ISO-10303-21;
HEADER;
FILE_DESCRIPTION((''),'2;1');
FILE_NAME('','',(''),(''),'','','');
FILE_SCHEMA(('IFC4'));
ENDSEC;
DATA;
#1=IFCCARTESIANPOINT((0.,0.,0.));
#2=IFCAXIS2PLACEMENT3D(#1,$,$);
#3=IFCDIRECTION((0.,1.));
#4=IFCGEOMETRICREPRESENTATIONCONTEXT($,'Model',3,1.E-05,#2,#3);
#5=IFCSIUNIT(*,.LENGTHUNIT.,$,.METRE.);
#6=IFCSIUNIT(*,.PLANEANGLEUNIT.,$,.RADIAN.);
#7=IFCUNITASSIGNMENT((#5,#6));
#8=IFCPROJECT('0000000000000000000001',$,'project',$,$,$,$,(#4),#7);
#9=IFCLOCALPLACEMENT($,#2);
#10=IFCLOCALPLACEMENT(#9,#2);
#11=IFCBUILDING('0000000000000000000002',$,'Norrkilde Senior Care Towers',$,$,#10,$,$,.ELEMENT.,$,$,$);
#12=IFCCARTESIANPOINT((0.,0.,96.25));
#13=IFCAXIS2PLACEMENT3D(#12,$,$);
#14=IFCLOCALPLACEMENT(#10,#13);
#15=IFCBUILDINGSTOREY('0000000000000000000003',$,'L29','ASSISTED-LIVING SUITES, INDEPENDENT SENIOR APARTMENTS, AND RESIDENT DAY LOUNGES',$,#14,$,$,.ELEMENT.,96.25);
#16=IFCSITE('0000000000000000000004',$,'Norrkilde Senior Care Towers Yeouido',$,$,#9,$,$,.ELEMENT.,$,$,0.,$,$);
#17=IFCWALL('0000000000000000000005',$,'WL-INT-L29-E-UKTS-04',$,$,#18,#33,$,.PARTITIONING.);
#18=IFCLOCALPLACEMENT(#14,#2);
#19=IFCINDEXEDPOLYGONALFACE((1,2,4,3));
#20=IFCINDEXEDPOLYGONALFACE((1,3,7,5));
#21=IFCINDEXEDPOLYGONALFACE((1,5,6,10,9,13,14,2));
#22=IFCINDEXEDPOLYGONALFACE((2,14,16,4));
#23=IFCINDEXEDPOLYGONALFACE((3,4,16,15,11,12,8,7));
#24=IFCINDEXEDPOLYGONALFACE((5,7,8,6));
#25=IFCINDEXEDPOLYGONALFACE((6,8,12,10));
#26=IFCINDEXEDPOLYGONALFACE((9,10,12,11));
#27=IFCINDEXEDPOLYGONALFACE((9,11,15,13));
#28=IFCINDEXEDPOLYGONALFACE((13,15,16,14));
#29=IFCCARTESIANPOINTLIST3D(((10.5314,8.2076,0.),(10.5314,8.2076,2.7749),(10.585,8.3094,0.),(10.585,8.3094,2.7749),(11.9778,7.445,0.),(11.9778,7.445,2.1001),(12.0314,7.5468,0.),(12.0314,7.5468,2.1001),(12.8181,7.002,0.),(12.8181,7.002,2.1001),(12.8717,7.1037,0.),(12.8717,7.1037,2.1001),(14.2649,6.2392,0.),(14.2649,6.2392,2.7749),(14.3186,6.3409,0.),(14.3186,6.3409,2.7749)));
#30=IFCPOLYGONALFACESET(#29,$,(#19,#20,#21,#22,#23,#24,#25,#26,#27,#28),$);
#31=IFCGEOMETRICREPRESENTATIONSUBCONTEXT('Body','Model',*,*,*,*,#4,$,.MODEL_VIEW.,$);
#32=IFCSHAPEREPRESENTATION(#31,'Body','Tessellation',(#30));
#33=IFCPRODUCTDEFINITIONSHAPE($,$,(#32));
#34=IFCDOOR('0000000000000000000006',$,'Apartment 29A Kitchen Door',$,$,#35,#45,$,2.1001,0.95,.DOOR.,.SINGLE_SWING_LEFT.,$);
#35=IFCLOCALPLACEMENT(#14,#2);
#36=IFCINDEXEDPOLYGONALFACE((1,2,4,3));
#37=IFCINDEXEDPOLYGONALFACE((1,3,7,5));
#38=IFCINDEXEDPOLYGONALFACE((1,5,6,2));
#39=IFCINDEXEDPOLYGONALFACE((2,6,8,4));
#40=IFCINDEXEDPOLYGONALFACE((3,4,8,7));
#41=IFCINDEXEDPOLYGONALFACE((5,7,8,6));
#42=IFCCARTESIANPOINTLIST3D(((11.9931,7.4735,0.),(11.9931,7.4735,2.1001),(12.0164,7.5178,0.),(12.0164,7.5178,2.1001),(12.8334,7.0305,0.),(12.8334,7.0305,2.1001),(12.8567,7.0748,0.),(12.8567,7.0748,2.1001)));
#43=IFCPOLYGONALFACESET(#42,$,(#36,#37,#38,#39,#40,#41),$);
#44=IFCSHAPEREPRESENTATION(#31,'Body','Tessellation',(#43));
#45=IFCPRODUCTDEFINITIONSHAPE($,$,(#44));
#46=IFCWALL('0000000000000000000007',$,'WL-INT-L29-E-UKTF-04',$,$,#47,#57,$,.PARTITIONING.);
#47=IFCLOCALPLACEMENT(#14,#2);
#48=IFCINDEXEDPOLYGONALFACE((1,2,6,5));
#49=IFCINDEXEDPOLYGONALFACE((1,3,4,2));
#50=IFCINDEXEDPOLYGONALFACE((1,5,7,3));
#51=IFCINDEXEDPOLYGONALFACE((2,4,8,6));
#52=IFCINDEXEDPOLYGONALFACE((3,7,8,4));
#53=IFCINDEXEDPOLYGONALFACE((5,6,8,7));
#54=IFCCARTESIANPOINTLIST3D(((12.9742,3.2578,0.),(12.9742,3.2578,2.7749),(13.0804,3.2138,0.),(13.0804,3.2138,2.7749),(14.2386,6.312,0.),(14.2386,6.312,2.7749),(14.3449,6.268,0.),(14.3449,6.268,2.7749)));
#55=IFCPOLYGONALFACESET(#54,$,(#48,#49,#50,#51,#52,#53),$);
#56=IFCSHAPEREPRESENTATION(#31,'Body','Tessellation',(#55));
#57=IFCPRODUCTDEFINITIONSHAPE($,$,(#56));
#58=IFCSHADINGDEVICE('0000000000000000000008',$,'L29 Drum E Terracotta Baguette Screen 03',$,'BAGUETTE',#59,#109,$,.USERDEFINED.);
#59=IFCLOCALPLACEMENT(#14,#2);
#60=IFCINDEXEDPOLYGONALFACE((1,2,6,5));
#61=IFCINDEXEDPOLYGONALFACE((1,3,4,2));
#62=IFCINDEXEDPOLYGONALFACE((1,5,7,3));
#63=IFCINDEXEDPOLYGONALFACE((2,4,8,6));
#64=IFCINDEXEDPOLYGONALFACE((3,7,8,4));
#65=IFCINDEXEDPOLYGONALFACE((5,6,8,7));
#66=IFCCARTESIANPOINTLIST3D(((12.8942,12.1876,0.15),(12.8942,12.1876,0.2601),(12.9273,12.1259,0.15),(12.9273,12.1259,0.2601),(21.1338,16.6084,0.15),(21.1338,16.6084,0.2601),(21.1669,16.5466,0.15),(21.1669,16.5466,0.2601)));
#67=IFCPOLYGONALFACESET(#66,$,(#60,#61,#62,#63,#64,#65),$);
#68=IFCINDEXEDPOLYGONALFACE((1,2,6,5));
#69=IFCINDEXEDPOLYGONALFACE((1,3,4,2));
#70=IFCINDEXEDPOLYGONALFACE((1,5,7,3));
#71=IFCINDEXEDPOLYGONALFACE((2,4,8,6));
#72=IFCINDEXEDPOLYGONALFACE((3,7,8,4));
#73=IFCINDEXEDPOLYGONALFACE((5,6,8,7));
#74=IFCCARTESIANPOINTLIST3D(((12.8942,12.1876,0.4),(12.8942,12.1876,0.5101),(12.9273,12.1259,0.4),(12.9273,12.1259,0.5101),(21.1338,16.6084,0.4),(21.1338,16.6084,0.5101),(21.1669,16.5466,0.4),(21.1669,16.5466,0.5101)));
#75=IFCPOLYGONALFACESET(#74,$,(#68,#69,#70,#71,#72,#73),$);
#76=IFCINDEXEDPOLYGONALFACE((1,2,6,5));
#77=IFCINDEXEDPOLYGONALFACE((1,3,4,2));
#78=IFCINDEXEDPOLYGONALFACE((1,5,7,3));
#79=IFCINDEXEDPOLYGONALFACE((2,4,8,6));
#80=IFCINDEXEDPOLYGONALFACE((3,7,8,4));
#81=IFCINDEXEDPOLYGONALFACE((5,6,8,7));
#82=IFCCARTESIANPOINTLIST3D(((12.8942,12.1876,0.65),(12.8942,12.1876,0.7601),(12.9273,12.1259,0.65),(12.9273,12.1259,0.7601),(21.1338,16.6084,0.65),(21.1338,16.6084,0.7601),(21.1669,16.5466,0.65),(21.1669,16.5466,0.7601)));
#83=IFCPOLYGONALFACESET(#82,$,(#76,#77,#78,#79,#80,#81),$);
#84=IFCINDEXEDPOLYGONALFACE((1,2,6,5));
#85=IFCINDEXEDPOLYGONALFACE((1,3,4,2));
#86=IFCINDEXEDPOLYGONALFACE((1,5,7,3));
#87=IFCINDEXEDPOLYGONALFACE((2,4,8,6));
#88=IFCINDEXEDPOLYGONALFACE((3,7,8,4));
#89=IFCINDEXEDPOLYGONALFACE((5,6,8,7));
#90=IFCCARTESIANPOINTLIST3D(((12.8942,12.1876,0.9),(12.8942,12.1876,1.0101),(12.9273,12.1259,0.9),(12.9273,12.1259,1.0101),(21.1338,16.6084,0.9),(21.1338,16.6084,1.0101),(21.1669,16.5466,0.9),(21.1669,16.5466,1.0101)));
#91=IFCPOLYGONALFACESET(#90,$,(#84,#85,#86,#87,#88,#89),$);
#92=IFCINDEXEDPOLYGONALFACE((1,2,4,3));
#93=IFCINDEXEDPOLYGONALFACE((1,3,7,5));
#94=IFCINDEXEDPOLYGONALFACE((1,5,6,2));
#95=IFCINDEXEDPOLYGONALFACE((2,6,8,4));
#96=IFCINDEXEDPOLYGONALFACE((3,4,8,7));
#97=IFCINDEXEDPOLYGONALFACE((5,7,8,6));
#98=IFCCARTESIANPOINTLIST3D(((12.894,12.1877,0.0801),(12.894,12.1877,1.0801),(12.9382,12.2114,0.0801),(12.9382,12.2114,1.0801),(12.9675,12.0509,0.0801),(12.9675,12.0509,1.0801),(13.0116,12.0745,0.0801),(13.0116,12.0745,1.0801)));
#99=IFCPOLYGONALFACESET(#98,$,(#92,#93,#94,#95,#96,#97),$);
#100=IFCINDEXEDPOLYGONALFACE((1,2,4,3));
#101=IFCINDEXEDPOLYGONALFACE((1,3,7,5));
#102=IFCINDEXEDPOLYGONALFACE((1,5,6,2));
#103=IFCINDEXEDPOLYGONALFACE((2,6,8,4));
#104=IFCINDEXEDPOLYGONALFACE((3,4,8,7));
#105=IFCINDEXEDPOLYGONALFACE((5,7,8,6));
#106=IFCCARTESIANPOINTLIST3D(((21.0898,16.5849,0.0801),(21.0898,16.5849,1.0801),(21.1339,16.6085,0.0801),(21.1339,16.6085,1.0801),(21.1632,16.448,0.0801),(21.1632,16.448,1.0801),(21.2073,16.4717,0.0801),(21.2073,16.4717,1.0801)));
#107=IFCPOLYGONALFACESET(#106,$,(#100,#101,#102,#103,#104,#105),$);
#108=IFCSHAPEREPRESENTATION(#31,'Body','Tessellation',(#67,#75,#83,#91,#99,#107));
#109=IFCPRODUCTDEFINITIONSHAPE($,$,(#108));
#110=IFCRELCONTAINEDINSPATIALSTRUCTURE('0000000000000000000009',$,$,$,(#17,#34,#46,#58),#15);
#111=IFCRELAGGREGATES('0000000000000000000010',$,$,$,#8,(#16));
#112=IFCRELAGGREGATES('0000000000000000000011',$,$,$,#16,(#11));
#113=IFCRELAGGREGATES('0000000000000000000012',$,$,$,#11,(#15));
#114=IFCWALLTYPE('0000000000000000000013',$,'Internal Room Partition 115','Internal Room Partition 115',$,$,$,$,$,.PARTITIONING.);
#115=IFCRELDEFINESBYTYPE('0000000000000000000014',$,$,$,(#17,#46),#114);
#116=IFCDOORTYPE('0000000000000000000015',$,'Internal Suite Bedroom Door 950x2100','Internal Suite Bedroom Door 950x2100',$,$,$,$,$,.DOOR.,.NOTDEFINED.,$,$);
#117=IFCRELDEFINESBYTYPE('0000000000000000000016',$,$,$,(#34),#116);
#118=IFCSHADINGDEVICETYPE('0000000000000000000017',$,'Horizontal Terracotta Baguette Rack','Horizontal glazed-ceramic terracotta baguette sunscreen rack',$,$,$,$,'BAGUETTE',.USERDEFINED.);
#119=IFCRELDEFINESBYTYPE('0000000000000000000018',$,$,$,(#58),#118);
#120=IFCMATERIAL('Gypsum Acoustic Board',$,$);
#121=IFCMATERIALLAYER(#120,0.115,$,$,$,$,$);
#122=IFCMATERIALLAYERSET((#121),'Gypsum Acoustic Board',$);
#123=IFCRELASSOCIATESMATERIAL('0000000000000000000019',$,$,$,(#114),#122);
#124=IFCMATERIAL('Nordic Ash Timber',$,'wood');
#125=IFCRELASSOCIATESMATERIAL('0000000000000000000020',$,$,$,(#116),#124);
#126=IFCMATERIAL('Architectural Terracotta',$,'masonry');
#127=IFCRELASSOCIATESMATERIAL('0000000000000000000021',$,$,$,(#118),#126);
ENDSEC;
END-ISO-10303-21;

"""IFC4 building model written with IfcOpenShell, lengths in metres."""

from ifc_helpers import new_model, si_unit, direction, frame, frame_2d, origin, origin_2d, place, context, subcontext, project, spatial, rectangle, extrude, source, transform, mapped, material, layer, layer_set, type_object, type_shapes, element, fill, save


model = new_model("IFC4")

# Units and contexts
model_context = context("Model", 3, precision=1e-05, world=origin(), true_north=direction((0.0, 1.0)))
body_context = subcontext(model_context, "Body", "Model", "MODEL_VIEW")
ifc_project = project(units=[si_unit("LENGTHUNIT", "METRE"), si_unit("PLANEANGLEUNIT", "RADIAN")], contexts=[model_context])

# Site, building, storey
site_placement = place(None, origin())
site = spatial("IfcSite", under=ifc_project, at=site_placement, Name="Norrkilde Senior Care Towers Yeouido", CompositionType="ELEMENT", RefElevation=0.0)
building_placement = place(site_placement, origin())
building = spatial("IfcBuilding", under=site, at=building_placement, Name="Norrkilde Senior Care Towers", CompositionType="ELEMENT")
storey_placement = place(building_placement, frame((0.0, 0.0, 96.25)))
storey = spatial("IfcBuildingStorey", under=building, at=storey_placement, Name="L29", Description="ASSISTED-LIVING SUITES, INDEPENDENT SENIOR APARTMENTS, AND RESIDENT DAY LOUNGES", CompositionType="ELEMENT", Elevation=96.25)

# Shared definitions
ifc_material_1 = material(Name="Gypsum Acoustic Board")
ifc_material_2 = material(Name="Nordic Ash Timber", Category="wood")

# Wall, opening, door
ifc_layer_1 = layer(ifc_material_1, 0.115)
ifc_layer_set_1 = layer_set([ifc_layer_1], Name="Gypsum Acoustic Board")
wall_type_1 = type_object("IfcWallType", Name="Internal Room Partition 115", Description="Internal Room Partition 115", PredefinedType="PARTITIONING", material=ifc_layer_set_1)
shared_shape_1 = source(origin(), body_context, "Body", "SweptSolid", [
    extrude(rectangle(XDim=4.2207, YDim=0.115, at=frame_2d((2.1104, 0.0))), origin(), (0.0, 0.0, 1.0), 2.7749),
])
wall_1_placement = place(storey_placement, frame((14.2917, 6.29, 0.0), z_axis=(0.0, 0.0, 1.0), x_axis=(-0.884583, 0.466383, 0.0)))
wall_1 = element("IfcWall", 1, at=wall_1_placement, inside=storey, type_object=wall_type_1, Name="WL-INT-L29-E-UKTS-04", PredefinedType="PARTITIONING", context=body_context, shape_type="MappedRepresentation", body=[
    mapped(shared_shape_1, transform((0.0, 0.0, 0.0), x_axis=(1.0, 0.0, 0.0), y_axis=(0.0, 1.0, 0.0), z_axis=(0.0, 0.0, 1.0), scale=1.0)),
])
opening_1_placement = place(wall_1_placement, frame((1.6355, 0.0, 0.0)))
opening_1 = element("IfcOpeningElement", 2, at=opening_1_placement, cuts=wall_1, PredefinedType="OPENING", context=body_context, shape_type="SweptSolid", body=[
    extrude(rectangle(XDim=0.95, YDim=2.1001, at=frame_2d((0.4751, 1.05))), frame((0.0, 0.0674, 0.0), z_axis=(0.0, -1.0, 0.0), x_axis=(1.0, 0.0, 0.0)), (0.0, 0.0, 1.0), 0.135),
])
door_type_1 = type_object("IfcDoorType", Name="Internal Suite Bedroom Door 950x2100", Description="Internal Suite Bedroom Door 950x2100", OperationType="NOTDEFINED", PredefinedType="DOOR", material=ifc_material_2)
shared_shape_2 = source(origin(), body_context, "Body", "SweptSolid", [
    extrude(rectangle(XDim=0.95, YDim=2.1001, at=frame_2d((0.4751, 1.05))), frame((0.0, 0.0249, 0.0), z_axis=(0.0, -1.0, 0.0), x_axis=(1.0, 0.0, 0.0)), (0.0, 0.0, 1.0), 0.05),
])
type_shapes(door_type_1, [shared_shape_2])
door_1_placement = place(opening_1_placement, frame((0.95, 0.0, 0.0), z_axis=(0.0, 0.0, 1.0), x_axis=(-1.0, 0.0, 0.0)))
door_1 = element("IfcDoor", 3, at=door_1_placement, inside=storey, type_object=door_type_1, Name="Apartment 29A Kitchen Door", OperationType="SINGLE_SWING_LEFT", OverallHeight=2.1001, OverallWidth=0.95, PredefinedType="DOOR", context=body_context, shape_type="MappedRepresentation", body=[
    mapped(shared_shape_2, transform((0.0, 0.0, 0.0), x_axis=(1.0, 0.0, 0.0), y_axis=(0.0, 1.0, 0.0), z_axis=(0.0, 0.0, 1.0), scale=1.0)),
])
fill(opening_1, door_1)

# Wall
shared_shape_3 = source(origin(), body_context, "Body", "SweptSolid", [
    extrude(rectangle(XDim=3.3057, YDim=0.115, at=frame_2d((1.6528, 0.0))), origin(), (0.0, 0.0, 1.0), 2.7749),
])
type_shapes(wall_type_1, [shared_shape_1, shared_shape_3])
wall_2_placement = place(storey_placement, frame((14.2917, 6.29, 0.0), z_axis=(0.0, 0.0, 1.0), x_axis=(-0.382506, -0.923953, 0.0)))
element("IfcWall", 4, at=wall_2_placement, inside=storey, type_object=wall_type_1, Name="WL-INT-L29-E-UKTF-04", PredefinedType="PARTITIONING", context=body_context, shape_type="MappedRepresentation", body=[
    mapped(shared_shape_3, transform((0.0, 0.0, 0.0), x_axis=(1.0, 0.0, 0.0), y_axis=(0.0, 1.0, 0.0), z_axis=(0.0, 0.0, 1.0), scale=1.0)),
])

# Shading device
ifc_material_3 = material(Name="Architectural Terracotta", Category="masonry")
shading_device_type = type_object("IfcShadingDeviceType", Name="Horizontal Terracotta Baguette Rack", Description="Horizontal glazed-ceramic terracotta baguette sunscreen rack", ElementType="BAGUETTE", PredefinedType="USERDEFINED", material=ifc_material_3)
shared_shape_4 = source(origin(), body_context, "Body", "SweptSolid", [
    extrude(rectangle(XDim=0.0701, YDim=0.1101, at=origin_2d()), frame((0.0, 0.0901, 0.125), z_axis=(1.0, 0.0, 0.0), x_axis=(0.0, 1.0, 0.0)), (0.0, 0.0, 1.0), 9.3506),
    extrude(rectangle(XDim=0.0701, YDim=0.1101, at=origin_2d()), frame((0.0, 0.0901, 0.375), z_axis=(1.0, 0.0, 0.0), x_axis=(0.0, 1.0, 0.0)), (0.0, 0.0, 1.0), 9.3506),
    extrude(rectangle(XDim=0.0701, YDim=0.1101, at=origin_2d()), frame((0.0, 0.0901, 0.625), z_axis=(1.0, 0.0, 0.0), x_axis=(0.0, 1.0, 0.0)), (0.0, 0.0, 1.0), 9.3506),
    extrude(rectangle(XDim=0.0701, YDim=0.1101, at=origin_2d()), frame((0.0, 0.0901, 0.875), z_axis=(1.0, 0.0, 0.0), x_axis=(0.0, 1.0, 0.0)), (0.0, 0.0, 1.0), 9.3506),
    extrude(rectangle(XDim=0.05, YDim=0.1553, at=origin_2d()), frame((0.0249, 0.0476, 0.0)), (0.0, 0.0, 1.0), 1.0),
    extrude(rectangle(XDim=0.05, YDim=0.1553, at=origin_2d()), frame((9.3257, 0.0476, 0.0)), (0.0, 0.0, 1.0), 1.0),
])
type_shapes(shading_device_type, [shared_shape_4])
shading_device_placement = place(storey_placement, frame((12.9534, 12.0774, 0.0801), z_axis=(0.0, 0.0, 1.0), x_axis=(0.881175, 0.472768, 0.0)))
element("IfcShadingDevice", 5, at=shading_device_placement, inside=storey, type_object=shading_device_type, Name="L29 Drum E Terracotta Baguette Screen 03", ObjectType="BAGUETTE", PredefinedType="USERDEFINED", context=body_context, shape_type="MappedRepresentation", body=[
    mapped(shared_shape_4, transform((0.0, 0.0, 0.0), x_axis=(1.0, 0.0, 0.0), y_axis=(0.0, 1.0, 0.0), z_axis=(0.0, 0.0, 1.0), scale=1.0)),
])

save(model, "model.ifc")
